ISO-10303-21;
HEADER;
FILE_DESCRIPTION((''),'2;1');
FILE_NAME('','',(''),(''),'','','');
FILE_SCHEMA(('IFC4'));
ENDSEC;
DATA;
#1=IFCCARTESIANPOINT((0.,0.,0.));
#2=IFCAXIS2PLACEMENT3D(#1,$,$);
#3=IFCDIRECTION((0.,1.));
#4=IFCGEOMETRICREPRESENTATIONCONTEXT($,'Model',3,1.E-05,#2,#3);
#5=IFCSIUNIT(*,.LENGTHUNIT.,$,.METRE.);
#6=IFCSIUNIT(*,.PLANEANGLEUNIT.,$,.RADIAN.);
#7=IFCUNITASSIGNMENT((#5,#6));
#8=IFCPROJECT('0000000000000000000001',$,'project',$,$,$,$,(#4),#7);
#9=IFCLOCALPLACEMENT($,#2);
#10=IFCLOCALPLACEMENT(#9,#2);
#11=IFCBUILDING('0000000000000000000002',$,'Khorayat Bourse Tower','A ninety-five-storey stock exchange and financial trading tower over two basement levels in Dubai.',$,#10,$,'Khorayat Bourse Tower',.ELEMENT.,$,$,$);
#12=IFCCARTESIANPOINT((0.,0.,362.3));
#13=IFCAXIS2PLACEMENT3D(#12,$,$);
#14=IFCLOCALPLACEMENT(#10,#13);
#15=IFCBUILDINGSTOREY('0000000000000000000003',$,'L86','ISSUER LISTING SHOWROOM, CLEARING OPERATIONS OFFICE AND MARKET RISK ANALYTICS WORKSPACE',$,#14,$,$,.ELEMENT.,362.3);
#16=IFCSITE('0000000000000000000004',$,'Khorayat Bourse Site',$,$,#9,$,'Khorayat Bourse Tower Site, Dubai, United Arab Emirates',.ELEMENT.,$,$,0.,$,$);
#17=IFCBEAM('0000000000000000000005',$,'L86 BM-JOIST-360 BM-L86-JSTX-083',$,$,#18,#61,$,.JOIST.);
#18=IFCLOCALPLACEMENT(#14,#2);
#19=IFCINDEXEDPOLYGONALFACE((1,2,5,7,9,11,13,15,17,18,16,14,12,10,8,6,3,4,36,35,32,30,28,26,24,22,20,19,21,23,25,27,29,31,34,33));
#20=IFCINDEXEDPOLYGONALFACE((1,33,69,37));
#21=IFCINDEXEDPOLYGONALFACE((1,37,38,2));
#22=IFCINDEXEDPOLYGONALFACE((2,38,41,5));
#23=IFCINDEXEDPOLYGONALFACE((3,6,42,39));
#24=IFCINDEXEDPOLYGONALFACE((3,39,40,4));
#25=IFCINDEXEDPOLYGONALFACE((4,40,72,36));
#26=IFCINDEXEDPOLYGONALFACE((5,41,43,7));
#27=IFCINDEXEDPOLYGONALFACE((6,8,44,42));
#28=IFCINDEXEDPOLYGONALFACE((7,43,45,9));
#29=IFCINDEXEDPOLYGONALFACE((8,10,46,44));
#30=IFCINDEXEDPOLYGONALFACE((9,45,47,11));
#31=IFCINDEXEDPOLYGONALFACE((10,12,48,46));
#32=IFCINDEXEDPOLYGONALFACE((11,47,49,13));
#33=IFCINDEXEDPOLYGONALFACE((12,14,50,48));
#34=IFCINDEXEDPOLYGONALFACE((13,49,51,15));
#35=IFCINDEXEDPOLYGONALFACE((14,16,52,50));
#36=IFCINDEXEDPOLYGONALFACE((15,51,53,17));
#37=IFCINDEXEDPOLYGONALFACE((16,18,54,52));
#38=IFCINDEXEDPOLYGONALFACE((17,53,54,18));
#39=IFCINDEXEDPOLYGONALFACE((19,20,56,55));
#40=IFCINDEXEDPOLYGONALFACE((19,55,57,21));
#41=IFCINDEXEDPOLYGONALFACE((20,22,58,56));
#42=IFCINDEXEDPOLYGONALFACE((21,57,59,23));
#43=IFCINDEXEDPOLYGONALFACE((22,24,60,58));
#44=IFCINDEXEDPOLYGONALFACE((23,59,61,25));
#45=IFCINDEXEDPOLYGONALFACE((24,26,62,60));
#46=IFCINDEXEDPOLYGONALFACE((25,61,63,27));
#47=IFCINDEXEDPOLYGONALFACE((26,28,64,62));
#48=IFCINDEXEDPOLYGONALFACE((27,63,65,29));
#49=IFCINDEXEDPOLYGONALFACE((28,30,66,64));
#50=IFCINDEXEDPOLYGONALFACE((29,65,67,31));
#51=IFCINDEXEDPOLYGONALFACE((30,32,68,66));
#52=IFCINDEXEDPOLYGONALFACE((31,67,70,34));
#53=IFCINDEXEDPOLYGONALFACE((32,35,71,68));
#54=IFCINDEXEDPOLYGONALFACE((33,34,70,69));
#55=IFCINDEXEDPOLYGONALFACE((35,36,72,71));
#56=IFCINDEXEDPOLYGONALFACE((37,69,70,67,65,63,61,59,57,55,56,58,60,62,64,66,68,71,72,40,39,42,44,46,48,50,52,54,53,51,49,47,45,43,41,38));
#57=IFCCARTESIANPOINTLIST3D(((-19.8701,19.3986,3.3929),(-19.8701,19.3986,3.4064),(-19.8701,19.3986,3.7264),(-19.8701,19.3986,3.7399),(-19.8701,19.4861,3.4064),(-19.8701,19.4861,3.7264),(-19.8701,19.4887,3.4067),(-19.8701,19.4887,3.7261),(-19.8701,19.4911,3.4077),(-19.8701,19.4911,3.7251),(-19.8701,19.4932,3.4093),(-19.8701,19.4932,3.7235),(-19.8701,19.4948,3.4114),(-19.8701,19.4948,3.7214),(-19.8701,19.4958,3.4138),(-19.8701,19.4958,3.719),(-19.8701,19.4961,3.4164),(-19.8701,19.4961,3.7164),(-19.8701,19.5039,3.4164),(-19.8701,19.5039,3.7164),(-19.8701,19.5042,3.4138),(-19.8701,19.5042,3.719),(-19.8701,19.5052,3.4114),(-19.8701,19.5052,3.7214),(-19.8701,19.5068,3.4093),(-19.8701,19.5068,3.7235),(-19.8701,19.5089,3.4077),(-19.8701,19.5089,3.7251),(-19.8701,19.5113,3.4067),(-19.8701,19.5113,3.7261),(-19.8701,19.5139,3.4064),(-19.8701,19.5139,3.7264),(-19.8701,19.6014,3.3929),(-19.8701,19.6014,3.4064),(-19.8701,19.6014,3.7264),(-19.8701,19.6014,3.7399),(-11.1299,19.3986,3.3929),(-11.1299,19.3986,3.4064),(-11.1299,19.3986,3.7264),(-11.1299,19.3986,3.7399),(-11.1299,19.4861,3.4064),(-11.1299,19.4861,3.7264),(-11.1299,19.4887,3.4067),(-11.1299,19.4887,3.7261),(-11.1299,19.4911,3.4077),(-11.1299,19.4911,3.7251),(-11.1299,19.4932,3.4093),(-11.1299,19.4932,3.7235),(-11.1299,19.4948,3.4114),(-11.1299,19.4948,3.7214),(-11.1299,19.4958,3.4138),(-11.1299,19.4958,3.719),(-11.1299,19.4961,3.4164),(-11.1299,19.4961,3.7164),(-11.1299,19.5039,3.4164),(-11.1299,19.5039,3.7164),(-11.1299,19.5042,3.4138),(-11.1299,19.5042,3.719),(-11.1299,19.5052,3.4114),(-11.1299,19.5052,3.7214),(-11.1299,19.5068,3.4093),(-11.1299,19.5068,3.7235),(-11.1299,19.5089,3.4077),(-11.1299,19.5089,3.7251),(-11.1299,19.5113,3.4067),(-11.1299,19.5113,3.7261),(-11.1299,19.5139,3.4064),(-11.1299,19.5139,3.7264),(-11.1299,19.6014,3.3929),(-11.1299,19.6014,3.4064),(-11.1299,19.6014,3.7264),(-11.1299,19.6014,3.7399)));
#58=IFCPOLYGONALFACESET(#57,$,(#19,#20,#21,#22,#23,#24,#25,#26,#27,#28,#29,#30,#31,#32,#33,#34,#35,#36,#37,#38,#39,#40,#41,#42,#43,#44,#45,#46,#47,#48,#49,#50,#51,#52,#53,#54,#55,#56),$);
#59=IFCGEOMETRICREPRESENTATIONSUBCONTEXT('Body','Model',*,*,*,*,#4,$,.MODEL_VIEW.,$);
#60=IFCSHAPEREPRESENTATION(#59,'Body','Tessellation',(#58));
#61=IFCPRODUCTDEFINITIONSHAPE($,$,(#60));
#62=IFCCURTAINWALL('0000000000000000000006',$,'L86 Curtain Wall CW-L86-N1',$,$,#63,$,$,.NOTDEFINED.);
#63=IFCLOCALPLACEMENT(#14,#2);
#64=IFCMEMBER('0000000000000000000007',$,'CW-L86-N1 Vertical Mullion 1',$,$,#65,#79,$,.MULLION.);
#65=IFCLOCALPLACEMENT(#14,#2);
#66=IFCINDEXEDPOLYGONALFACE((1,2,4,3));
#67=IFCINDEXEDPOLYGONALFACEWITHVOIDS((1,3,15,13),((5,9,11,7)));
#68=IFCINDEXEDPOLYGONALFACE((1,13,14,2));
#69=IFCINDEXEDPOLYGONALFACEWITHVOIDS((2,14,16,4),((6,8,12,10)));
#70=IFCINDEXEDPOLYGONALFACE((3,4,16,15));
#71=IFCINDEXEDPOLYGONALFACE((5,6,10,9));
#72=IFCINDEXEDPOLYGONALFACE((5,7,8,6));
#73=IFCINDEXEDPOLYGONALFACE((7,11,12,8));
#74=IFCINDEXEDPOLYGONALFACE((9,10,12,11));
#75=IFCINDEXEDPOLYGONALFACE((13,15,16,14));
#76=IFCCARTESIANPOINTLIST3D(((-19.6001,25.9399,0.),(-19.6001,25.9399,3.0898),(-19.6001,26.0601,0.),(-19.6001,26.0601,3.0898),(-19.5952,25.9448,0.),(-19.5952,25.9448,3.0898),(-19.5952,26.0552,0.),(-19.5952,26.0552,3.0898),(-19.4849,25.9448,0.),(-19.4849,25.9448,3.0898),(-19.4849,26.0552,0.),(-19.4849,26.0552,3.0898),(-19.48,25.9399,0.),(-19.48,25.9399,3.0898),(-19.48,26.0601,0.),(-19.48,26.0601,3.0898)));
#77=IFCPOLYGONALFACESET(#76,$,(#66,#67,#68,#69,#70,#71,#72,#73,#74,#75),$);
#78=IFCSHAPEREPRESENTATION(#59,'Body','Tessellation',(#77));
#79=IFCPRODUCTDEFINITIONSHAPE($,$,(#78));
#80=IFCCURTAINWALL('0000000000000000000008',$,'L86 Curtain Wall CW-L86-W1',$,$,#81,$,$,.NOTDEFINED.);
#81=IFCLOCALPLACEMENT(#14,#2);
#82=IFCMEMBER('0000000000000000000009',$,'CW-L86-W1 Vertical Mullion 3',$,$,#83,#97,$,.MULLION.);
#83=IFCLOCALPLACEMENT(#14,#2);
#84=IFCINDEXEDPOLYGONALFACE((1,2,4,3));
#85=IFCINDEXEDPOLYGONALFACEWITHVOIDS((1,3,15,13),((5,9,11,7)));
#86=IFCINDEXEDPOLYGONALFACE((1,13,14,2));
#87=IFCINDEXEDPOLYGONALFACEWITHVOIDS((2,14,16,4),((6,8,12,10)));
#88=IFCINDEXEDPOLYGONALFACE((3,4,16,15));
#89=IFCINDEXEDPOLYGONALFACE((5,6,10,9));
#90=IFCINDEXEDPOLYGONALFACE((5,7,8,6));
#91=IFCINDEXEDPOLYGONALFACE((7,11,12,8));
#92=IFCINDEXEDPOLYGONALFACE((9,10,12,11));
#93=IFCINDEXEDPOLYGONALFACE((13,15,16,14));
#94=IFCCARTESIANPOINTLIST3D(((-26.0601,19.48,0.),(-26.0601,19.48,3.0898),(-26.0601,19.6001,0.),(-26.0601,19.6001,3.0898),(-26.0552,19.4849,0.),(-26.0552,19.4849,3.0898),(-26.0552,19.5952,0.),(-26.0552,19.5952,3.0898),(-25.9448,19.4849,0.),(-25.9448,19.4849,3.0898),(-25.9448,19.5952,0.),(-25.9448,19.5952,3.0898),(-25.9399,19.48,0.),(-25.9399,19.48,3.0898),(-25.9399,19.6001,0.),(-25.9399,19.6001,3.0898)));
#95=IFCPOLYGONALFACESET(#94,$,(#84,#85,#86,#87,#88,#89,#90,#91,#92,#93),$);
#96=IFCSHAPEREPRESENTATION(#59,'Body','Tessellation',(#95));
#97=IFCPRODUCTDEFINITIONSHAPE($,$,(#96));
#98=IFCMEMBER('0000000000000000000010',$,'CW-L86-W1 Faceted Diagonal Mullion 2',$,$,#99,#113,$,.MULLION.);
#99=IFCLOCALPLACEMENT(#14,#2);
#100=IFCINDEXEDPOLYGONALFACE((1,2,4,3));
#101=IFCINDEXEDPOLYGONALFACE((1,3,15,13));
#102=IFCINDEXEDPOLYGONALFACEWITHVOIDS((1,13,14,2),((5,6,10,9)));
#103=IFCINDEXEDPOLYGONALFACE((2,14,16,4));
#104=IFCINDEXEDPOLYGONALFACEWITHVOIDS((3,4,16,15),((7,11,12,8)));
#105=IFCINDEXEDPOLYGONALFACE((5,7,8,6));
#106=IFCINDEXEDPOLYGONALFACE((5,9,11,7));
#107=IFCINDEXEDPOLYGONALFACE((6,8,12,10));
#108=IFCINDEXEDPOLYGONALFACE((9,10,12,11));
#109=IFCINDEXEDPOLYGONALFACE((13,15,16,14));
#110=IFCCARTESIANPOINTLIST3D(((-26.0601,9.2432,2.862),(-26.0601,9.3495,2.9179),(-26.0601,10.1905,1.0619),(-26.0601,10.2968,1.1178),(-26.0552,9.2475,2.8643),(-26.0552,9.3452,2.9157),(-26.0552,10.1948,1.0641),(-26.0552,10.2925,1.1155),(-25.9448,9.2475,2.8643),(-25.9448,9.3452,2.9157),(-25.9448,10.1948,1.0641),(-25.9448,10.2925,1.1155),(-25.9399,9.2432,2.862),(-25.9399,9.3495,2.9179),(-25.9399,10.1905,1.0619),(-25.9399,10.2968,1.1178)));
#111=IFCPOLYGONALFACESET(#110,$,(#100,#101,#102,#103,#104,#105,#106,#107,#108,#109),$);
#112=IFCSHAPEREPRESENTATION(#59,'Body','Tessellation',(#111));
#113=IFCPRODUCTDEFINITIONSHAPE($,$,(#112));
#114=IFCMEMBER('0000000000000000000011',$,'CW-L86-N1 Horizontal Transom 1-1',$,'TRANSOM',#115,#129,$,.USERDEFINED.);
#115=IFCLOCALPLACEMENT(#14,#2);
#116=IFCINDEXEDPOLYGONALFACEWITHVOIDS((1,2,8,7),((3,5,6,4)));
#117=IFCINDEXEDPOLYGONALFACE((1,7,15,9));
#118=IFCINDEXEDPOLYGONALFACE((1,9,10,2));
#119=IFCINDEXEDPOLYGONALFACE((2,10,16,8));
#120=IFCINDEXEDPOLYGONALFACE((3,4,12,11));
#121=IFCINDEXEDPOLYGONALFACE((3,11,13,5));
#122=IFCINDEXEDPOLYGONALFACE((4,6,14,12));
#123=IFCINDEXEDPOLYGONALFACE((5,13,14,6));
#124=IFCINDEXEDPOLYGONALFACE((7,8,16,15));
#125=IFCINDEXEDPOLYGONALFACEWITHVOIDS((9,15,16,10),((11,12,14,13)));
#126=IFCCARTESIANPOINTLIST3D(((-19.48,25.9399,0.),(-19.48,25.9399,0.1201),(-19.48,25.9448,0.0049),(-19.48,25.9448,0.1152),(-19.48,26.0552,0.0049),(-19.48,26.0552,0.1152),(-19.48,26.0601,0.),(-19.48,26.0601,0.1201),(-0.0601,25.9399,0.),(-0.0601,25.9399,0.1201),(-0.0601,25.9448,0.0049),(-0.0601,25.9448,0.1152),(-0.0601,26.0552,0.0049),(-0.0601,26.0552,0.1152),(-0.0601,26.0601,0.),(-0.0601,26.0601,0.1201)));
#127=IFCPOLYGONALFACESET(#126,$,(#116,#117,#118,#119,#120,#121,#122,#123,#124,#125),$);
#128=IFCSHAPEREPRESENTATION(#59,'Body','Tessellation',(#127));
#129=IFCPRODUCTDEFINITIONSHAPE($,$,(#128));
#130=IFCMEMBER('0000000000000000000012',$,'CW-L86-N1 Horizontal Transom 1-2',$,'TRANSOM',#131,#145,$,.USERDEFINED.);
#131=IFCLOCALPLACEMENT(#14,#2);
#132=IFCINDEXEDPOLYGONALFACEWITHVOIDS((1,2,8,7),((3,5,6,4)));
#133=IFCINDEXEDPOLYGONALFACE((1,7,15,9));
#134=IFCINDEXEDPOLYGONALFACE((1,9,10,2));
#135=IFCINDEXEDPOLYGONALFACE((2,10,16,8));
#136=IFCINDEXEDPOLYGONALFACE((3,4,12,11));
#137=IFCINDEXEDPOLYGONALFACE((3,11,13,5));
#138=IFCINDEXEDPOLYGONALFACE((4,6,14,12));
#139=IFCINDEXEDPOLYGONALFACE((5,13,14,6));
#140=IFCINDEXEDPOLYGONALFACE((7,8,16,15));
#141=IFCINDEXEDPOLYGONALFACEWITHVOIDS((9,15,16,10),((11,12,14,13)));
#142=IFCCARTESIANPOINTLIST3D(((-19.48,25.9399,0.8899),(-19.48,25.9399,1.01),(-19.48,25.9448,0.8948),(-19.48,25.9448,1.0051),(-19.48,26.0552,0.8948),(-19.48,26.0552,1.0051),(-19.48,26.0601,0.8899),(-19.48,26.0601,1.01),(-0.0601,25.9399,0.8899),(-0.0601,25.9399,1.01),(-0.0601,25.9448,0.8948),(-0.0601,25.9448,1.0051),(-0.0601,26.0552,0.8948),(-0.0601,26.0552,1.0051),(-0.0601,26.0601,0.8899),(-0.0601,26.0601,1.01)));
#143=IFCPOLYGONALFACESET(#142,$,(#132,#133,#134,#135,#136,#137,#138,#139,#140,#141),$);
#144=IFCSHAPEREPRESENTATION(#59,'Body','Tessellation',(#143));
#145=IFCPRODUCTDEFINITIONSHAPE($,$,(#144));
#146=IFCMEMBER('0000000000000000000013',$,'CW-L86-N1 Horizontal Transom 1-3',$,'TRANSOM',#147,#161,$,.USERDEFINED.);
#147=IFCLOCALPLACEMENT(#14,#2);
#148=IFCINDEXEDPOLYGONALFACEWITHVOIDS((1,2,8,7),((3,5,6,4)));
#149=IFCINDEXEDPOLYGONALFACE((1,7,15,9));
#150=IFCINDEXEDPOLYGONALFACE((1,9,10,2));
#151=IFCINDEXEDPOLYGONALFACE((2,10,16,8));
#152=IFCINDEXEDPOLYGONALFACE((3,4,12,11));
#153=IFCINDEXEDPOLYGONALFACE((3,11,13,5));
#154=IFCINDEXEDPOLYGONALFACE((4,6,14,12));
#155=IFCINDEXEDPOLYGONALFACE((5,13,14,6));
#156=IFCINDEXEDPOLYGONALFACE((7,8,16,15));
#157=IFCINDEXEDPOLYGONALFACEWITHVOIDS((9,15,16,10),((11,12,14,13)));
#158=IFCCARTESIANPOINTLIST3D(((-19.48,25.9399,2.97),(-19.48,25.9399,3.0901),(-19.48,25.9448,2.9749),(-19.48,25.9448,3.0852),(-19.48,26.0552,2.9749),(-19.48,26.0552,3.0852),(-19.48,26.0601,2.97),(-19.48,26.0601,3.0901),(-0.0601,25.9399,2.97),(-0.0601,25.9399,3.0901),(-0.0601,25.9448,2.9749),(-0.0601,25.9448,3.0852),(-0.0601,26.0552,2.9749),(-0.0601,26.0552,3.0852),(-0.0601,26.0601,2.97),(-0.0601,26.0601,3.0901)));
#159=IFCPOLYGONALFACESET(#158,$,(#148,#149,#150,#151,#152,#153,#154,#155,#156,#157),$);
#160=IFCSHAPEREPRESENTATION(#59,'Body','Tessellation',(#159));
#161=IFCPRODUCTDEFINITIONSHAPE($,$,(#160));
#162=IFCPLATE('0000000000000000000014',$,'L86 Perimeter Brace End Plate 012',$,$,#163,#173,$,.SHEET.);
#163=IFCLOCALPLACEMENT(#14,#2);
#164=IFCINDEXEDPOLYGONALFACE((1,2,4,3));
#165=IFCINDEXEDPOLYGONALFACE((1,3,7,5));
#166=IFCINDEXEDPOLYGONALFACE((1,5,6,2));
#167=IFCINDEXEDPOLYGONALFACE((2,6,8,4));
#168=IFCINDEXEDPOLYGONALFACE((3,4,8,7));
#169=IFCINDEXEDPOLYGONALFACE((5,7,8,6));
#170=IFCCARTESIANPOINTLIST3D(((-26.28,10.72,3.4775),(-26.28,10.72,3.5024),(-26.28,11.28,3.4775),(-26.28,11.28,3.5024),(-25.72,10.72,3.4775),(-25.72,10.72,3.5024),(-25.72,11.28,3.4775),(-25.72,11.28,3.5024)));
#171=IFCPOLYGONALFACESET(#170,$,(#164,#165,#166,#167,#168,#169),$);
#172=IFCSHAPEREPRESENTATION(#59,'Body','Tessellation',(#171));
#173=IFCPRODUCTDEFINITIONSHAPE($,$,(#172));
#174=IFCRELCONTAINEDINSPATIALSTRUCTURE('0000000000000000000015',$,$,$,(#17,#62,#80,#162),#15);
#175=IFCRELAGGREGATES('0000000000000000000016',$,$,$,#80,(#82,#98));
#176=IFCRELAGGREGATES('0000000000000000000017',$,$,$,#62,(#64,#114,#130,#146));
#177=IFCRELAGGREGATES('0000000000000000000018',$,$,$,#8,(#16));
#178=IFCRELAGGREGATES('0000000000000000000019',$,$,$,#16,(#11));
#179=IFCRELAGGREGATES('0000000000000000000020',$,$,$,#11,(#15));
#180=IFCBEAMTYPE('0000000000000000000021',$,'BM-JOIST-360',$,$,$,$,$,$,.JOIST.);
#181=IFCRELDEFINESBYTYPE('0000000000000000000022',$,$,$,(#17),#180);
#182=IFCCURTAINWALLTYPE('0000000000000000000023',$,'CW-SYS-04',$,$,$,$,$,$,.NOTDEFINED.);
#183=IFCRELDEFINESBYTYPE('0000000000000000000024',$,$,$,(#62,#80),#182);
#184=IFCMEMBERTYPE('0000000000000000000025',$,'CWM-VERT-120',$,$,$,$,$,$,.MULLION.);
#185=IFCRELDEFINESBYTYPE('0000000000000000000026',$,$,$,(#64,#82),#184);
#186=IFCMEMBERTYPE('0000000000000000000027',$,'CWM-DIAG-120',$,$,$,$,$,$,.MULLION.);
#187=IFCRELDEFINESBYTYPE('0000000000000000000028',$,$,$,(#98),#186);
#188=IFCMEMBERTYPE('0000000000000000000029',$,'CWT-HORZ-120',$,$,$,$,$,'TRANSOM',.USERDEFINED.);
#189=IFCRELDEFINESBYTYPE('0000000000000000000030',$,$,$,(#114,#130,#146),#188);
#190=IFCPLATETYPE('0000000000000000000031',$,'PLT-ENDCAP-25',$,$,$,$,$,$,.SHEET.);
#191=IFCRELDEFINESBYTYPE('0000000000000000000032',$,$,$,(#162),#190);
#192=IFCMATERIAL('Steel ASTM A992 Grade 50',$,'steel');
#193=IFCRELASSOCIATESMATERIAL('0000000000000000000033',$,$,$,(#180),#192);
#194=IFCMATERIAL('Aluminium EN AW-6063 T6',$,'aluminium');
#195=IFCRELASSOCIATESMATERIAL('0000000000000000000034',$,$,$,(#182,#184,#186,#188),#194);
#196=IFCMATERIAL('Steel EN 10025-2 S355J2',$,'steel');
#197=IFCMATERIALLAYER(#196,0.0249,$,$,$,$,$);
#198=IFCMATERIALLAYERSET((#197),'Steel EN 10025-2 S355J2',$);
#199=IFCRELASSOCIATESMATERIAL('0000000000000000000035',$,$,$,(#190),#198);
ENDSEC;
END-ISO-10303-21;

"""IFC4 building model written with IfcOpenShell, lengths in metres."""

from ifc_helpers import new_model, si_unit, direction, frame, origin, origin_2d, place, context, subcontext, project, spatial, rectangle, hollow_rectangle, i_section, extrude, source, transform, mapped, material, layer, layer_set, material_profile, profile_set, type_object, element, aggregate, save


model = new_model("IFC4")

# Units and contexts
model_context = context("Model", 3, precision=1e-05, world=origin(), true_north=direction((0.0, 1.0)))
body_context = subcontext(model_context, "Body", "Model", "MODEL_VIEW")
ifc_project = project(units=[si_unit("LENGTHUNIT", "METRE"), si_unit("PLANEANGLEUNIT", "RADIAN")], contexts=[model_context])

# Site, building, storey
site_placement = place(None, origin())
site = spatial("IfcSite", under=ifc_project, at=site_placement, Name="Khorayat Bourse Site", LongName="Khorayat Bourse Tower Site, Dubai, United Arab Emirates", CompositionType="ELEMENT", RefElevation=0.0)
building_placement = place(site_placement, origin())
building = spatial("IfcBuilding", under=site, at=building_placement, Name="Khorayat Bourse Tower", Description="A ninety-five-storey stock exchange and financial trading tower over two basement levels in Dubai.", LongName="Khorayat Bourse Tower", CompositionType="ELEMENT")
storey_placement = place(building_placement, frame((0.0, 0.0, 362.3)))
storey = spatial("IfcBuildingStorey", under=building, at=storey_placement, Name="L86", Description="ISSUER LISTING SHOWROOM, CLEARING OPERATIONS OFFICE AND MARKET RISK ANALYTICS WORKSPACE", CompositionType="ELEMENT", Elevation=362.3)

# Shared definitions
ifc_material_1 = material(Name="Steel EN 10025-2 S355J2", Category="steel")

# Beam
ifc_material_2 = material(Name="Steel ASTM A992 Grade 50", Category="steel")
ifc_material_profile_1 = material_profile(ifc_material_2, i_section(OverallWidth=0.2029, OverallDepth=0.3469, WebThickness=0.0078, FlangeThickness=0.0134, FilletRadius=0.01, at=origin_2d()), Name="W360X64")
ifc_profile_set_1 = profile_set([ifc_material_profile_1], Name="Steel ASTM A992 Grade 50")
beam_type_1 = type_object("IfcBeamType", Name="BM-JOIST-360", PredefinedType="JOIST", material=ifc_profile_set_1)
shared_shape_1 = source(origin(), body_context, "Body", "SweptSolid", [
    extrude(i_section(OverallWidth=0.2029, OverallDepth=0.3469, WebThickness=0.0078, FlangeThickness=0.0134, FilletRadius=0.01, at=origin_2d()), origin(), (0.0, 0.0, 1.0), 8.7402),
])
beam_1_placement = place(storey_placement, frame((-19.8701, 19.5, 3.5664), z_axis=(1.0, 0.0, 0.0), x_axis=(0.0, 1.0, 0.0)))
element("IfcBeam", 1, at=beam_1_placement, inside=storey, type_object=beam_type_1, Name="L86 BM-JOIST-360 BM-L86-JSTX-083", PredefinedType="JOIST", context=body_context, shape_type="MappedRepresentation", body=[
    mapped(shared_shape_1, transform((0.0, 0.0, 0.0), scale=1.0)),
])

# Curtain wall, member
ifc_material_3 = material(Name="Aluminium EN AW-6063 T6", Category="aluminium")
curtain_wall_type = type_object("IfcCurtainWallType", Name="CW-SYS-04", PredefinedType="NOTDEFINED", material=ifc_material_3)
curtain_wall_1_placement = place(storey_placement, origin())
curtain_wall_1 = element("IfcCurtainWall", 2, at=curtain_wall_1_placement, inside=storey, type_object=curtain_wall_type, Name="L86 Curtain Wall CW-L86-N1", PredefinedType="NOTDEFINED")
ifc_material_profile_2 = material_profile(ifc_material_3, hollow_rectangle(XDim=0.1201, YDim=0.1201, WallThickness=0.0049, at=origin_2d()), Name="ALU 120x120x5")
ifc_profile_set_2 = profile_set([ifc_material_profile_2], Name="Aluminium EN AW-6063 T6")
member_type_1 = type_object("IfcMemberType", Name="CWM-VERT-120", PredefinedType="MULLION", material=ifc_profile_set_2)
shared_shape_2 = source(origin(), body_context, "Body", "SweptSolid", [
    extrude(hollow_rectangle(XDim=0.1201, YDim=0.1201, WallThickness=0.0049, at=origin_2d()), origin(), (0.0, 0.0, 1.0), 3.0898),
])
member_1_placement = place(storey_placement, frame((-19.54, 26.0, 0.0), z_axis=(0.0, 0.0, 1.0), x_axis=(0.0, 1.0, 0.0)))
member_1 = element("IfcMember", 3, at=member_1_placement, type_object=member_type_1, Name="CW-L86-N1 Vertical Mullion 1", PredefinedType="MULLION", context=body_context, shape_type="MappedRepresentation", body=[
    mapped(shared_shape_2, transform((0.0, 0.0, 0.0), scale=1.0)),
])

# Curtain wall, members
curtain_wall_2_placement = place(storey_placement, origin())
curtain_wall_2 = element("IfcCurtainWall", 4, at=curtain_wall_2_placement, inside=storey, type_object=curtain_wall_type, Name="L86 Curtain Wall CW-L86-W1", PredefinedType="NOTDEFINED")
member_2_placement = place(storey_placement, frame((-26.0, 19.54, 0.0), z_axis=(0.0, 0.0, 1.0), x_axis=(-1.0, 0.0, 0.0)))
member_2 = element("IfcMember", 5, at=member_2_placement, type_object=member_type_1, Name="CW-L86-W1 Vertical Mullion 3", PredefinedType="MULLION", context=body_context, shape_type="MappedRepresentation", body=[
    mapped(shared_shape_2, transform((0.0, 0.0, 0.0), scale=1.0)),
])
ifc_material_profile_3 = material_profile(ifc_material_3, hollow_rectangle(XDim=0.1201, YDim=0.1201, WallThickness=0.0049, at=origin_2d()), Name="ALU 120x120x5")
ifc_profile_set_3 = profile_set([ifc_material_profile_3], Name="Aluminium EN AW-6063 T6")
member_type_2 = type_object("IfcMemberType", Name="CWM-DIAG-120", PredefinedType="MULLION", material=ifc_profile_set_3)
shared_shape_3 = source(origin(), body_context, "Body", "SweptSolid", [
    extrude(hollow_rectangle(XDim=0.1201, YDim=0.1201, WallThickness=0.0049, at=origin_2d()), origin(), (0.0, 0.0, 1.0), 2.0342),
])
member_3_placement = place(storey_placement, frame((-26.0, 10.2437, 1.0898), z_axis=(0.0, -0.465697, 0.884944), x_axis=(1.0, 0.0, 0.0)))
member_3 = element("IfcMember", 6, at=member_3_placement, type_object=member_type_2, Name="CW-L86-W1 Faceted Diagonal Mullion 2", PredefinedType="MULLION", context=body_context, shape_type="MappedRepresentation", body=[
    mapped(shared_shape_3, transform((0.0, 0.0, 0.0), scale=1.0)),
])
aggregate(curtain_wall_2, [member_2, member_3])

# Members
ifc_material_profile_4 = material_profile(ifc_material_3, hollow_rectangle(XDim=0.1201, YDim=0.1201, WallThickness=0.0049, at=origin_2d()), Name="ALU 120x120x5")
ifc_profile_set_4 = profile_set([ifc_material_profile_4], Name="Aluminium EN AW-6063 T6")
member_type_3 = type_object("IfcMemberType", Name="CWT-HORZ-120", ElementType="TRANSOM", PredefinedType="USERDEFINED", material=ifc_profile_set_4)
shared_shape_4 = source(origin(), body_context, "Body", "SweptSolid", [
    extrude(hollow_rectangle(XDim=0.1201, YDim=0.1201, WallThickness=0.0049, at=origin_2d()), origin(), (0.0, 0.0, 1.0), 19.4199),
])
member_4_placement = place(storey_placement, frame((-19.48, 26.0, 0.0601), z_axis=(1.0, 0.0, 0.0), x_axis=(0.0, 1.0, 0.0)))
member_4 = element("IfcMember", 7, at=member_4_placement, type_object=member_type_3, Name="CW-L86-N1 Horizontal Transom 1-1", ObjectType="TRANSOM", PredefinedType="USERDEFINED", context=body_context, shape_type="MappedRepresentation", body=[
    mapped(shared_shape_4, transform((0.0, 0.0, 0.0), scale=1.0)),
])
member_5_placement = place(storey_placement, frame((-19.48, 26.0, 0.95), z_axis=(1.0, 0.0, 0.0), x_axis=(0.0, 1.0, 0.0)))
member_5 = element("IfcMember", 8, at=member_5_placement, type_object=member_type_3, Name="CW-L86-N1 Horizontal Transom 1-2", ObjectType="TRANSOM", PredefinedType="USERDEFINED", context=body_context, shape_type="MappedRepresentation", body=[
    mapped(shared_shape_4, transform((0.0, 0.0, 0.0), scale=1.0)),
])
member_6_placement = place(storey_placement, frame((-19.48, 26.0, 3.03), z_axis=(1.0, 0.0, 0.0), x_axis=(0.0, 1.0, 0.0)))
member_6 = element("IfcMember", 9, at=member_6_placement, type_object=member_type_3, Name="CW-L86-N1 Horizontal Transom 1-3", ObjectType="TRANSOM", PredefinedType="USERDEFINED", context=body_context, shape_type="MappedRepresentation", body=[
    mapped(shared_shape_4, transform((0.0, 0.0, 0.0), scale=1.0)),
])
aggregate(curtain_wall_1, [member_1, member_4, member_5, member_6])

# Plate
ifc_layer_1 = layer(ifc_material_1, 0.0249)
ifc_layer_set_1 = layer_set([ifc_layer_1], Name="Steel EN 10025-2 S355J2")
plate_type = type_object("IfcPlateType", Name="PLT-ENDCAP-25", PredefinedType="SHEET", material=ifc_layer_set_1)
shared_shape_5 = source(origin(), body_context, "Body", "SweptSolid", [
    extrude(rectangle(XDim=0.5601, YDim=0.5601, at=origin_2d()), origin(), (0.0, 0.0, 1.0), 0.0249),
])
plate_placement = place(storey_placement, frame((-26.0, 11.0, 3.4775), z_axis=(0.0, 0.0, 1.0), x_axis=(1.0, 0.0, 0.0)))
element("IfcPlate", 10, at=plate_placement, inside=storey, type_object=plate_type, Name="L86 Perimeter Brace End Plate 012", PredefinedType="SHEET", context=body_context, shape_type="MappedRepresentation", body=[
    mapped(shared_shape_5, transform((0.0, 0.0, 0.0), scale=1.0)),
])

save(model, "model.ifc")
